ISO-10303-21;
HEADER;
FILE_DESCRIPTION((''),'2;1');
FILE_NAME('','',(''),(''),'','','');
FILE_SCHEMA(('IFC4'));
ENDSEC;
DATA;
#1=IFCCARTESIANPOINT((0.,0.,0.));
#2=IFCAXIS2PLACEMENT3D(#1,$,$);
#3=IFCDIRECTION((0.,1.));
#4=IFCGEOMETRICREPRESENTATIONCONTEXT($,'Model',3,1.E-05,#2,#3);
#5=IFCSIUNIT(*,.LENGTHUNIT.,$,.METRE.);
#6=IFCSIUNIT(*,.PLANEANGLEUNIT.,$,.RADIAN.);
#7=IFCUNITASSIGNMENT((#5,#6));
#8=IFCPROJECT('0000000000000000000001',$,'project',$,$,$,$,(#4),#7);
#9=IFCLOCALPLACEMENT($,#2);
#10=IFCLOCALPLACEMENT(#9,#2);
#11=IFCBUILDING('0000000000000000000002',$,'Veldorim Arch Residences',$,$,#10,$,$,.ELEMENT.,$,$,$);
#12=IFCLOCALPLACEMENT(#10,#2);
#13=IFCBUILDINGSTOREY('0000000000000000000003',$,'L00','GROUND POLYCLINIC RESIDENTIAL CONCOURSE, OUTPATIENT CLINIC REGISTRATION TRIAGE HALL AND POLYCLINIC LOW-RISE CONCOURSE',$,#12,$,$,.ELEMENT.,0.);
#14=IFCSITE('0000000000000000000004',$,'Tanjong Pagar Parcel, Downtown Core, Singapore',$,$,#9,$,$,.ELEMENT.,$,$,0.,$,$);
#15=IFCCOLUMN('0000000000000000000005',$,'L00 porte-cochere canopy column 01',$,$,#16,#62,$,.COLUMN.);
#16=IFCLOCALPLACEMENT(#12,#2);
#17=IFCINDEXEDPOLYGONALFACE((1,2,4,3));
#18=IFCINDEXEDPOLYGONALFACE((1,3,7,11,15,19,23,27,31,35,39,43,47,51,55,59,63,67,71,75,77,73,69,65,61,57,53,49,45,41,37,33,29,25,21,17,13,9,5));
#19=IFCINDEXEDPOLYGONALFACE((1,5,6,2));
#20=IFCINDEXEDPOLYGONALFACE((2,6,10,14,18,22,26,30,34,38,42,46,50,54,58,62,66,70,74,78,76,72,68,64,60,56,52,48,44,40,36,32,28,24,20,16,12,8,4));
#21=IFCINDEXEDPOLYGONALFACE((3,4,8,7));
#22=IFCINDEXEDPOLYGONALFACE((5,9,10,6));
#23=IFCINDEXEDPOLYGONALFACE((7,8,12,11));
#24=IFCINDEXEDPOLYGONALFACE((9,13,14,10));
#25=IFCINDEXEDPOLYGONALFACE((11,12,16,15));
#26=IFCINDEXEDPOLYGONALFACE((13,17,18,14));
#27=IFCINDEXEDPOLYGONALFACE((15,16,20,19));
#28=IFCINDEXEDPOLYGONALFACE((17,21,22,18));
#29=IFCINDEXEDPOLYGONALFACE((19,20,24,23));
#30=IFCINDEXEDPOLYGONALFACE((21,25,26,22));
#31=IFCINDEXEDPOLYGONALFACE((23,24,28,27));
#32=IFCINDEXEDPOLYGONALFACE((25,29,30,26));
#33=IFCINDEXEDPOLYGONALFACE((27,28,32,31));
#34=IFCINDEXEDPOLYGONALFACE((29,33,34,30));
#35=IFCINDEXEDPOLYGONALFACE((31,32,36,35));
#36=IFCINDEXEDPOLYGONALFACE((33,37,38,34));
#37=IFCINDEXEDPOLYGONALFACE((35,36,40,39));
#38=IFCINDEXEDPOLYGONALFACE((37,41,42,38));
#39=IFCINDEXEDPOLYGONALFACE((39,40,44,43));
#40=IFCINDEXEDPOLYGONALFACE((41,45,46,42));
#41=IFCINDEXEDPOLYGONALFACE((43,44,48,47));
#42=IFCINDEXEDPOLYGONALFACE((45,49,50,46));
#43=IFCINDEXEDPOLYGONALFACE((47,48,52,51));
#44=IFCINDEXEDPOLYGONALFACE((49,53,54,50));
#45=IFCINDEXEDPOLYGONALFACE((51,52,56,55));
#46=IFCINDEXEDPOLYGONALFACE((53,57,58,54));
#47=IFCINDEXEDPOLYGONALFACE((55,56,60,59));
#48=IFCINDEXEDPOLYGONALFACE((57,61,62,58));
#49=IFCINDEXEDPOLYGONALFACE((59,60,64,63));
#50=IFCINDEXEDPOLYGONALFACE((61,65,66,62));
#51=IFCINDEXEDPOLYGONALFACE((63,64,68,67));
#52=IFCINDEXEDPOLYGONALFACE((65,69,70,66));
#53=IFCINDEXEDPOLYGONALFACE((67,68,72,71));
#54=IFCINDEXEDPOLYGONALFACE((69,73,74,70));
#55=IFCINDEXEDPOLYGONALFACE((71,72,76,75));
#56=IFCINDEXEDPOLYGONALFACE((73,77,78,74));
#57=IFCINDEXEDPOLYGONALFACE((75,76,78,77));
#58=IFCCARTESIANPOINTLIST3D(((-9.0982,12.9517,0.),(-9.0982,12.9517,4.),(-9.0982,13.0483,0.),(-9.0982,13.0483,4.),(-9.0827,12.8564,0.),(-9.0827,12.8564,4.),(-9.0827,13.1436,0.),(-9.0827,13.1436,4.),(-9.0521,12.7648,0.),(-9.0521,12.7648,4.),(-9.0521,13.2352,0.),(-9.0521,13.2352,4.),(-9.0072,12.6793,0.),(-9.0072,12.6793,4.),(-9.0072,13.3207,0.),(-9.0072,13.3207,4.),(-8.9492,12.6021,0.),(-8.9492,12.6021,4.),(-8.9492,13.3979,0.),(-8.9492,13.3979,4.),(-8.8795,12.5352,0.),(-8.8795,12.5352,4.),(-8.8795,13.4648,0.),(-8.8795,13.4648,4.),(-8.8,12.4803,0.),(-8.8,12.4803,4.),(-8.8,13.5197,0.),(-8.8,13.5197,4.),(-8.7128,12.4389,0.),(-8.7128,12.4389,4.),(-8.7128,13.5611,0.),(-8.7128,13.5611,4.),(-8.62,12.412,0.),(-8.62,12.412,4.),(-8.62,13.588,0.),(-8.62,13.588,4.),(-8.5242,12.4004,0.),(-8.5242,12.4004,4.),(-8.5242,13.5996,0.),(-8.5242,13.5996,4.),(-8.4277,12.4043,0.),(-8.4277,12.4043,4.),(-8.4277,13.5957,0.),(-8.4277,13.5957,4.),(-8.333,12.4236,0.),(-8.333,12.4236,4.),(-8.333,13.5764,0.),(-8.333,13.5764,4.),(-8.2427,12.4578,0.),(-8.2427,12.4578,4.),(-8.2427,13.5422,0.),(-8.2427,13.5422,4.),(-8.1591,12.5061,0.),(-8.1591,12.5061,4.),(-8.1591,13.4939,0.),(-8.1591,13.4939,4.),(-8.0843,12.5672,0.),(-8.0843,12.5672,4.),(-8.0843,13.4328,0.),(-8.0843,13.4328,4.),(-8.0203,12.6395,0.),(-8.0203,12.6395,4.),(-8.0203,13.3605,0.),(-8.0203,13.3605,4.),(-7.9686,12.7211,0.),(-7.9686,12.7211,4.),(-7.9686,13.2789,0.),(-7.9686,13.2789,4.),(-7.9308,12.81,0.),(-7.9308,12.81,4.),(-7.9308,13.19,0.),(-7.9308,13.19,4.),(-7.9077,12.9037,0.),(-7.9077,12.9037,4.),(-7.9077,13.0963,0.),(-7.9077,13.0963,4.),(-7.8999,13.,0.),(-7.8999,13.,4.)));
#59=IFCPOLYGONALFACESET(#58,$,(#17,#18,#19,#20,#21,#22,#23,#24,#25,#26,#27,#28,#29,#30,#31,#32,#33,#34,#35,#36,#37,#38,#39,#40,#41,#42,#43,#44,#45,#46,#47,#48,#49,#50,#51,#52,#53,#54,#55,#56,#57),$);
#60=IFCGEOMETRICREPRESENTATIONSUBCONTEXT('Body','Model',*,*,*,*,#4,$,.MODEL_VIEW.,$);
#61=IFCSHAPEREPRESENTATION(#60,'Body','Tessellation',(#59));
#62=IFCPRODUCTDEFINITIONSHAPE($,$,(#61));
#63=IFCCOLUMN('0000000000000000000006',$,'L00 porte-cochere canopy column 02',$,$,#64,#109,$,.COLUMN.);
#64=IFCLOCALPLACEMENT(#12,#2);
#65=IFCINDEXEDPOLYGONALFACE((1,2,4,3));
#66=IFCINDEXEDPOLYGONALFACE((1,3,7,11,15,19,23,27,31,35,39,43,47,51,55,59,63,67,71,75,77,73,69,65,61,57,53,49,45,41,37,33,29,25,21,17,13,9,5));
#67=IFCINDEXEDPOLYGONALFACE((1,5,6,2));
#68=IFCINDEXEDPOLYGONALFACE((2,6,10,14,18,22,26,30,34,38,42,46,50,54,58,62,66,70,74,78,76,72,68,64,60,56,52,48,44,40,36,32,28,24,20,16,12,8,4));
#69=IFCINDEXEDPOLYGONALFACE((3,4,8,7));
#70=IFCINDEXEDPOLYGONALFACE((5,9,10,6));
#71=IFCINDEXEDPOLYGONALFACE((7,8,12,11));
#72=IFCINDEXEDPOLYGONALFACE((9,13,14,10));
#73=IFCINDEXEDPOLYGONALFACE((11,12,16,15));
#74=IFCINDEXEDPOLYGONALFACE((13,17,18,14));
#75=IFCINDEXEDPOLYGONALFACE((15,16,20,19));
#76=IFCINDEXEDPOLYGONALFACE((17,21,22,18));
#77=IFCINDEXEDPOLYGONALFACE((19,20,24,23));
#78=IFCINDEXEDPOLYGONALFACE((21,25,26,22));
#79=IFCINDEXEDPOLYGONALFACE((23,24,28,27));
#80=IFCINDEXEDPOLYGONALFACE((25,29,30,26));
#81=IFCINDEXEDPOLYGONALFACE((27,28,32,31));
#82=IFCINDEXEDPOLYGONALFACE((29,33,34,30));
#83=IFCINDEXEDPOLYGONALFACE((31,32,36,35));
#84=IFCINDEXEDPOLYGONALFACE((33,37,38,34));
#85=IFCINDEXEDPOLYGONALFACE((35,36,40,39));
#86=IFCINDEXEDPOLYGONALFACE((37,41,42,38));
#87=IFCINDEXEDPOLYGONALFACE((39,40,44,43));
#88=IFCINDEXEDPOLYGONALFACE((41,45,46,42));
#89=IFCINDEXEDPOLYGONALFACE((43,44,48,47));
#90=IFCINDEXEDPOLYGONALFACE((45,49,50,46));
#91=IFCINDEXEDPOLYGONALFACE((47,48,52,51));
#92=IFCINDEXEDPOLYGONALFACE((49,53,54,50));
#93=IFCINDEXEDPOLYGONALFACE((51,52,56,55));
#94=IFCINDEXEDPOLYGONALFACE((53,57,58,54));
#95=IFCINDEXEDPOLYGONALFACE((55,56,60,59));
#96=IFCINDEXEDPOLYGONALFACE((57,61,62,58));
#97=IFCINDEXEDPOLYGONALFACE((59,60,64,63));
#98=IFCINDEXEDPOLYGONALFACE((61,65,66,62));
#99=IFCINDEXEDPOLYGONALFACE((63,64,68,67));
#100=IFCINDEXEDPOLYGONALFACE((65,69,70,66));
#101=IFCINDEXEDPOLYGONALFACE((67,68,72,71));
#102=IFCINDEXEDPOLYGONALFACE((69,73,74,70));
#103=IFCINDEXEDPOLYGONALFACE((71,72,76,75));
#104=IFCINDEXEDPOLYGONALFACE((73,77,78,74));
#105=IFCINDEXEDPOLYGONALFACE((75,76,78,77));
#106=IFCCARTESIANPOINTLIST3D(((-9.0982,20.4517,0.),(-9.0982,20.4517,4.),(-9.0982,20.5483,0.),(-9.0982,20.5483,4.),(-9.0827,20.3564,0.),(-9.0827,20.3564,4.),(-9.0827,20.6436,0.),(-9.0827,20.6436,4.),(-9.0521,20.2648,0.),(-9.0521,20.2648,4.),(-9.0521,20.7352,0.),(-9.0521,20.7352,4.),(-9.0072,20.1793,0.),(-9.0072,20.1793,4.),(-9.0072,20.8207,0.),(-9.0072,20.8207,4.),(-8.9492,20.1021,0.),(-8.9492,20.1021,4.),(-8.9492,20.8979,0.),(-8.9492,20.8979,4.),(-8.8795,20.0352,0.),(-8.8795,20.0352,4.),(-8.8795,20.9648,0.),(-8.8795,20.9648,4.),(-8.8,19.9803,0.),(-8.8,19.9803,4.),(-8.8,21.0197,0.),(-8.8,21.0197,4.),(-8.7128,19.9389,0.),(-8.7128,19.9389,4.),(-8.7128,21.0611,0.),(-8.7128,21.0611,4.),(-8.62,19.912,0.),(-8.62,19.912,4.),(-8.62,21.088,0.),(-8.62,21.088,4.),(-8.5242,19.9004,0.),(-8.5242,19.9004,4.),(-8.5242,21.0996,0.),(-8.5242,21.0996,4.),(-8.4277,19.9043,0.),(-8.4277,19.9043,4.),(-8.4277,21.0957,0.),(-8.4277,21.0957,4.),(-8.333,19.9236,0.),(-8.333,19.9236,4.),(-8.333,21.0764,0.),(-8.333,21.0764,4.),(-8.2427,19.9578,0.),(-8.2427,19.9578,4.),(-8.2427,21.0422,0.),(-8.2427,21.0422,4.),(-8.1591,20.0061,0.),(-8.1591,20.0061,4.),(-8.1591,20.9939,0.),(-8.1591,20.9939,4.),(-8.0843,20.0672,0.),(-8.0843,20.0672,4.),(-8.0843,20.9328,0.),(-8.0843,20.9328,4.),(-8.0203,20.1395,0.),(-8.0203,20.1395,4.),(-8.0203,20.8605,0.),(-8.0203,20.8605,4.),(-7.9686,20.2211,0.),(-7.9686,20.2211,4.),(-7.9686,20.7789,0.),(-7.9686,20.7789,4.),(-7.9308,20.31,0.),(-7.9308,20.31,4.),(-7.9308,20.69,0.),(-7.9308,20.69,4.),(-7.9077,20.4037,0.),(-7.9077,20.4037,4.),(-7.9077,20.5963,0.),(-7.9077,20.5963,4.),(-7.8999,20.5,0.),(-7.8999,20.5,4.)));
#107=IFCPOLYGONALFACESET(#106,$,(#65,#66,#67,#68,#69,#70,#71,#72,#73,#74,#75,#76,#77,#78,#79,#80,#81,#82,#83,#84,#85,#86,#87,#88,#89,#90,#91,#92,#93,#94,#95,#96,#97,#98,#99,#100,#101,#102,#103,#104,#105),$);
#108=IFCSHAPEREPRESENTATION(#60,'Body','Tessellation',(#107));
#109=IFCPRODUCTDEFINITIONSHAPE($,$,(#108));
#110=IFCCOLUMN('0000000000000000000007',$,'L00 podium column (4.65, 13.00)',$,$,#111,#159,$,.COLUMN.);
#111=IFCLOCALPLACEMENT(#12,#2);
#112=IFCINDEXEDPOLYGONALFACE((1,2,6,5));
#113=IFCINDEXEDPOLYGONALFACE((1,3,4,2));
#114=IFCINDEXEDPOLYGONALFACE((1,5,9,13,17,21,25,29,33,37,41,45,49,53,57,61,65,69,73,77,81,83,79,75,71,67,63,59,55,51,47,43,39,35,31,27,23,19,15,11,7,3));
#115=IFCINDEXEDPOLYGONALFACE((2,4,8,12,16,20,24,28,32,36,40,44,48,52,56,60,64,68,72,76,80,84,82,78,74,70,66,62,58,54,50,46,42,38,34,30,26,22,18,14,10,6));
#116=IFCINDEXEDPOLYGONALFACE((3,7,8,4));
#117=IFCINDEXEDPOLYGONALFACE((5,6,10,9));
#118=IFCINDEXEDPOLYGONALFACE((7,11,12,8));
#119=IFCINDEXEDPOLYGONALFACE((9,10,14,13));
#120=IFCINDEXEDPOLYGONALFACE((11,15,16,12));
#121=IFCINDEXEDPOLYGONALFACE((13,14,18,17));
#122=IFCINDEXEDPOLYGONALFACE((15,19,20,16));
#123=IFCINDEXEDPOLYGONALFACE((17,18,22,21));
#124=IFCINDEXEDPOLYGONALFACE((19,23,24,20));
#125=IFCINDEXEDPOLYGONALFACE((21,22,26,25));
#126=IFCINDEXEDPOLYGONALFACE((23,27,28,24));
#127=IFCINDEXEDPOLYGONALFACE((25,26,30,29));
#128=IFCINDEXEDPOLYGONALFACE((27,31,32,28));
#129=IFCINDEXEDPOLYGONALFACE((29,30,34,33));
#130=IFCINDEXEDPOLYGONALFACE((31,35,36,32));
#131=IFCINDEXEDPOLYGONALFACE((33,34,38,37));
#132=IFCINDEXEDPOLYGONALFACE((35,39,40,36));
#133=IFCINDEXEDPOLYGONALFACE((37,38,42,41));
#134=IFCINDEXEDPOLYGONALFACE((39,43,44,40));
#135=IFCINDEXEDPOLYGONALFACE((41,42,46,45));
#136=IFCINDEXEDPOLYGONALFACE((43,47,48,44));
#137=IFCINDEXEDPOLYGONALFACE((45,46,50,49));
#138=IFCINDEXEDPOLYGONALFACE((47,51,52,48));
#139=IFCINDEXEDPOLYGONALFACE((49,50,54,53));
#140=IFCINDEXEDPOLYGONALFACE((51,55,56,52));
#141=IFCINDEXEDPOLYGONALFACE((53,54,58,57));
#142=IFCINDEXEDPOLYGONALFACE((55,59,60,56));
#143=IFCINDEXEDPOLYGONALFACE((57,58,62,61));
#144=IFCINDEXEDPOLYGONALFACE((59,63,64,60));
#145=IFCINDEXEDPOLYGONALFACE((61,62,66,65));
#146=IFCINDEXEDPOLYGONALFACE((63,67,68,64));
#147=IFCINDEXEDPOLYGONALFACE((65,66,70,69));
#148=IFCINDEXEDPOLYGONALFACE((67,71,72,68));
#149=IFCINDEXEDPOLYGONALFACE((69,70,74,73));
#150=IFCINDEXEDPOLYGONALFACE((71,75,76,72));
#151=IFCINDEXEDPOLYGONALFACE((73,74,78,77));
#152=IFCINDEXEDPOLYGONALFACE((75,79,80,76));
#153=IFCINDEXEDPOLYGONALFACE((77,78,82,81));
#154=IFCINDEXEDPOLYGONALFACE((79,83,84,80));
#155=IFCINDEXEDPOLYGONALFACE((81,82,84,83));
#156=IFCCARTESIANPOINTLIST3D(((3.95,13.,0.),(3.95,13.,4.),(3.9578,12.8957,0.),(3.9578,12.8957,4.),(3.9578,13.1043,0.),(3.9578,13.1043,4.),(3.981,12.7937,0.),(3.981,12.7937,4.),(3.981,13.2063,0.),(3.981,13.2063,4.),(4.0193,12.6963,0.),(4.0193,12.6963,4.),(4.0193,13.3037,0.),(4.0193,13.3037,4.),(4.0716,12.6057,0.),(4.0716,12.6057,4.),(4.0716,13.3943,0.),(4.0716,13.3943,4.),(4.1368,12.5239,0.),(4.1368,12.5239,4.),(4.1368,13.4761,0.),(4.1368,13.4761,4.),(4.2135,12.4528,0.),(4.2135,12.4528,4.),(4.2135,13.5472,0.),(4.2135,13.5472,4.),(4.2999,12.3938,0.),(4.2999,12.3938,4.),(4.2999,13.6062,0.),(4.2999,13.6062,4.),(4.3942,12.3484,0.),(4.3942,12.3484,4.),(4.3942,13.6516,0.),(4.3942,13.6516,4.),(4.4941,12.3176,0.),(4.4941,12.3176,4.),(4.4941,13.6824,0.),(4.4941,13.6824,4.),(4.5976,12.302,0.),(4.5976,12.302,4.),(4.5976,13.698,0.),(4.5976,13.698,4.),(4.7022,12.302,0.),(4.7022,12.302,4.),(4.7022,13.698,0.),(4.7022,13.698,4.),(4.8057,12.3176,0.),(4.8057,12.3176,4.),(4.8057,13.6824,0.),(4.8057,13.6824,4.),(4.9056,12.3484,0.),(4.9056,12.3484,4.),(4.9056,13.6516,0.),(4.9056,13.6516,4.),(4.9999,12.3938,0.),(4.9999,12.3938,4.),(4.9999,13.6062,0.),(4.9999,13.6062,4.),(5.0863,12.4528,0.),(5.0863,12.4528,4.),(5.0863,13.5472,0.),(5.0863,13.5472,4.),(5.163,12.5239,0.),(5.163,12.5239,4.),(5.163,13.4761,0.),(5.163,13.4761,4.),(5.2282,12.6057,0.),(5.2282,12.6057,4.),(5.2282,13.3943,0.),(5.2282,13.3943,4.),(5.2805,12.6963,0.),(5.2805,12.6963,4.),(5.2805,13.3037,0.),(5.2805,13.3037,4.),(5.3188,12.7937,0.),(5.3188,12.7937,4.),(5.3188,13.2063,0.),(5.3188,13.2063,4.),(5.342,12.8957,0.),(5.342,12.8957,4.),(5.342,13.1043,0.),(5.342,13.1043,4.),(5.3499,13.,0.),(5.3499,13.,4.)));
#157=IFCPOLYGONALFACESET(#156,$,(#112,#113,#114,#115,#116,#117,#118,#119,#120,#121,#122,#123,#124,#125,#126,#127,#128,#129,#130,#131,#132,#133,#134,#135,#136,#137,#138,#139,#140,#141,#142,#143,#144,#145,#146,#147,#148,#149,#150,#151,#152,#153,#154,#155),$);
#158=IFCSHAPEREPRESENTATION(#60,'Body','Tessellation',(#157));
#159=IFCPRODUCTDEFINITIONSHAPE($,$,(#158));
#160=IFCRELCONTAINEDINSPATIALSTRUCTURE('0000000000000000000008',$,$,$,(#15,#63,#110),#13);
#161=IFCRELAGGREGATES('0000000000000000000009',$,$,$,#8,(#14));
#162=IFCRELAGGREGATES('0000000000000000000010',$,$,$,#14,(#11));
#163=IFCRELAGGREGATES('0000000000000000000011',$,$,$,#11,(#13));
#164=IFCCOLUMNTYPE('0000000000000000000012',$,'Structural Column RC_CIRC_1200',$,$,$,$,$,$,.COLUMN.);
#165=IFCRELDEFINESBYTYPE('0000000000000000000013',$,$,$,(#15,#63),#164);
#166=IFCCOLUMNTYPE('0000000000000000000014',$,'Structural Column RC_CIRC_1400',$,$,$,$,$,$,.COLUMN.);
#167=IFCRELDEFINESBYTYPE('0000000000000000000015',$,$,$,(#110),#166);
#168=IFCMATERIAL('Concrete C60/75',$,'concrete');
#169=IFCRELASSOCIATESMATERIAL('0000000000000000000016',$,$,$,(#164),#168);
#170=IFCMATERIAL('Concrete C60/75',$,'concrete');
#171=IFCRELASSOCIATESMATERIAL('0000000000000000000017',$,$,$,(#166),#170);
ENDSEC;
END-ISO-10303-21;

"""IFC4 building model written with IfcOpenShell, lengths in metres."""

from ifc_helpers import new_model, si_unit, direction, frame, origin, origin_2d, place, context, subcontext, project, spatial, circle, extrude, material, material_profile, profile_set, type_object, element, save


model = new_model("IFC4")

# Units and contexts
model_context = context("Model", 3, precision=1e-05, world=origin(), true_north=direction((0.0, 1.0)))
body_context = subcontext(model_context, "Body", "Model", "MODEL_VIEW")
ifc_project = project(units=[si_unit("LENGTHUNIT", "METRE"), si_unit("PLANEANGLEUNIT", "RADIAN")], contexts=[model_context])

# Site, building, storey
site_placement = place(None, origin())
site = spatial("IfcSite", under=ifc_project, at=site_placement, Name="Tanjong Pagar Parcel, Downtown Core, Singapore", CompositionType="ELEMENT", RefElevation=0.0)
building_placement = place(site_placement, origin())
building = spatial("IfcBuilding", under=site, at=building_placement, Name="Veldorim Arch Residences", CompositionType="ELEMENT")
storey_placement = place(building_placement, origin())
storey = spatial("IfcBuildingStorey", under=building, at=storey_placement, Name="L00", Description="GROUND POLYCLINIC RESIDENTIAL CONCOURSE, OUTPATIENT CLINIC REGISTRATION TRIAGE HALL AND POLYCLINIC LOW-RISE CONCOURSE", CompositionType="ELEMENT", Elevation=0.0)

# Columns
ifc_material_1 = material(Name="Concrete C60/75", Category="concrete")
ifc_material_profile_1 = material_profile(ifc_material_1, circle(Radius=0.6001, at=origin_2d()), Name="RC_CIRC_1200")
ifc_profile_set_1 = profile_set([ifc_material_profile_1], Name="Concrete C60/75")
column_type_1 = type_object("IfcColumnType", Name="Structural Column RC_CIRC_1200", PredefinedType="COLUMN", material=ifc_profile_set_1)
for number, where, z_axis, x_axis, name in (
    (1, (-8.5, 13.0, 0.0), (0.0, 0.0, 1.0), (1.0, 0.0, 0.0), "L00 porte-cochere canopy column 01"),
    (2, (-8.5, 20.5, 0.0), (0.0, 0.0, 1.0), (1.0, 0.0, 0.0), "L00 porte-cochere canopy column 02"),
):
    element("IfcColumn", number, at=place(storey_placement, frame(where, z_axis=z_axis, x_axis=x_axis)), inside=storey, type_object=column_type_1, Name=name, PredefinedType="COLUMN", context=body_context, shape_type="SweptSolid", body=[
        extrude(circle(Radius=0.6001, at=origin_2d()), origin(), (0.0, 0.0, 1.0), 4.0),
    ])
ifc_material_2 = material(Name="Concrete C60/75", Category="concrete")
ifc_material_profile_2 = material_profile(ifc_material_2, circle(Radius=0.7, at=origin_2d()), Name="RC_CIRC_1400")
ifc_profile_set_2 = profile_set([ifc_material_profile_2], Name="Concrete C60/75")
column_type_2 = type_object("IfcColumnType", Name="Structural Column RC_CIRC_1400", PredefinedType="COLUMN", material=ifc_profile_set_2)
for number, where, z_axis, x_axis, name in (
    (3, (4.6499, 13.0, 0.0), (0.0, 0.0, 1.0), (1.0, 0.0, 0.0), "L00 podium column (4.65, 13.00)"),
):
    element("IfcColumn", number, at=place(storey_placement, frame(where, z_axis=z_axis, x_axis=x_axis)), inside=storey, type_object=column_type_2, Name=name, PredefinedType="COLUMN", context=body_context, shape_type="SweptSolid", body=[
        extrude(circle(Radius=0.7, at=origin_2d()), origin(), (0.0, 0.0, 1.0), 4.0),
    ])

save(model, "model.ifc")
